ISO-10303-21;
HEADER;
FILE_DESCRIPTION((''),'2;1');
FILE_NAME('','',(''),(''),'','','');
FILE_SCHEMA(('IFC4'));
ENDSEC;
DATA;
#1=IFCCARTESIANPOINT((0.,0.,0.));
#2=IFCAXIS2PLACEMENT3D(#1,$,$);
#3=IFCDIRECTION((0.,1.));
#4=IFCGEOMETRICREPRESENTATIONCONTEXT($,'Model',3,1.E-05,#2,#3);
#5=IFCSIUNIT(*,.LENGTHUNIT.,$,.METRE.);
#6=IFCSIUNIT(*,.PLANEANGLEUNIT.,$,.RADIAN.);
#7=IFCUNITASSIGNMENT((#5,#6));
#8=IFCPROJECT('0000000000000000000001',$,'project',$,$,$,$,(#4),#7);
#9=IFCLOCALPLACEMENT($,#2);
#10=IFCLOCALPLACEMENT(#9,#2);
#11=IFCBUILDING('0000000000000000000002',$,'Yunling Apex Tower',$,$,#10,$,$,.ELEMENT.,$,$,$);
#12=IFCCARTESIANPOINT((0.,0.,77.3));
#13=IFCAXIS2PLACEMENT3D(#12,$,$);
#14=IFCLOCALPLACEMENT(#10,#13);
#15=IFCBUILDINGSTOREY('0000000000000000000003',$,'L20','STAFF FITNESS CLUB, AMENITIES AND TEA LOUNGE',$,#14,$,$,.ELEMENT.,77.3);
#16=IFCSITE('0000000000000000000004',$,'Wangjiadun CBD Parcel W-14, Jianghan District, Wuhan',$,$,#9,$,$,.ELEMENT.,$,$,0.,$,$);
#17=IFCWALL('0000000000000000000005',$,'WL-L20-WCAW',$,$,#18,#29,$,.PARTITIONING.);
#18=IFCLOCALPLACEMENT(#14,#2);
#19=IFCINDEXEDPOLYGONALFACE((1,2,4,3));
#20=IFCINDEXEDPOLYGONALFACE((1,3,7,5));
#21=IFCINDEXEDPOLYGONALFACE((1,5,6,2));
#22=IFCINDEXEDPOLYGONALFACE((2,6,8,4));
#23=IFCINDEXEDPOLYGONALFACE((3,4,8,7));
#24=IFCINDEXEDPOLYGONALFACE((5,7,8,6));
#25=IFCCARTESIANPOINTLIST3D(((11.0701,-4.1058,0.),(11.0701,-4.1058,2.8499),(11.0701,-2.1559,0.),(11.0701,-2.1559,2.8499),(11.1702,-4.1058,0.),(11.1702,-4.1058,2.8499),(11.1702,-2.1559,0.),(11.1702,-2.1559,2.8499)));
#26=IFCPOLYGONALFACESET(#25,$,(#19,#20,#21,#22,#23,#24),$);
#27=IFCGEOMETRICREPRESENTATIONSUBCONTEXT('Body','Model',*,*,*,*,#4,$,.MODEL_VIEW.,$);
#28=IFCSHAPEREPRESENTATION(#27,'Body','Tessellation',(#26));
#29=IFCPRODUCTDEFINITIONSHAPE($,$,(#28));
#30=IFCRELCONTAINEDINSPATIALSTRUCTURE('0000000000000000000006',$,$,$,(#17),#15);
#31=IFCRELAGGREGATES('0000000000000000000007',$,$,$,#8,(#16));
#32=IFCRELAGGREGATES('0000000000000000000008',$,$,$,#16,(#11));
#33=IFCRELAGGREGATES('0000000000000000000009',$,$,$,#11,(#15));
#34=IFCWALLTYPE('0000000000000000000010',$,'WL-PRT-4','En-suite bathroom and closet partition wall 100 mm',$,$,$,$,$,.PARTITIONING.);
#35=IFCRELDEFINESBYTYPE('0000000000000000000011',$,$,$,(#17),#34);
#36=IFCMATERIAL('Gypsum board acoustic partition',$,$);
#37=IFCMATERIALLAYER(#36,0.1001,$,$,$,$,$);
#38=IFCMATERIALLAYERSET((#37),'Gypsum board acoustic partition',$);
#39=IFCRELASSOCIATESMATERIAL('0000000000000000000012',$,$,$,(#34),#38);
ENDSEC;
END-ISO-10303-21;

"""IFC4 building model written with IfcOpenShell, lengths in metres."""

from ifc_helpers import new_model, si_unit, direction, frame, frame_2d, origin, place, context, subcontext, project, spatial, rectangle, extrude, material, layer, layer_set, type_object, element, save


model = new_model("IFC4")

# Units and contexts
model_context = context("Model", 3, precision=1e-05, world=origin(), true_north=direction((0.0, 1.0)))
body_context = subcontext(model_context, "Body", "Model", "MODEL_VIEW")
ifc_project = project(units=[si_unit("LENGTHUNIT", "METRE"), si_unit("PLANEANGLEUNIT", "RADIAN")], contexts=[model_context])

# Site, building, storey
site_placement = place(None, origin())
site = spatial("IfcSite", under=ifc_project, at=site_placement, Name="Wangjiadun CBD Parcel W-14, Jianghan District, Wuhan", CompositionType="ELEMENT", RefElevation=0.0)
building_placement = place(site_placement, origin())
building = spatial("IfcBuilding", under=site, at=building_placement, Name="Yunling Apex Tower", CompositionType="ELEMENT")
storey_placement = place(building_placement, frame((0.0, 0.0, 77.3)))
storey = spatial("IfcBuildingStorey", under=building, at=storey_placement, Name="L20", Description="STAFF FITNESS CLUB, AMENITIES AND TEA LOUNGE", CompositionType="ELEMENT", Elevation=77.3)

# Shared definitions
ifc_material_1 = material(Name="Gypsum board acoustic partition")

# Shared definitions
ifc_layer_1 = layer(ifc_material_1, 0.1001)
ifc_layer_set_1 = layer_set([ifc_layer_1], Name="Gypsum board acoustic partition")
wall_type_1 = type_object("IfcWallType", Name="WL-PRT-4", Description="En-suite bathroom and closet partition wall 100 mm", PredefinedType="PARTITIONING", material=ifc_layer_set_1)

# Wall
wall_1_placement = place(storey_placement, frame((11.1201, -4.106, 0.0), z_axis=(0.0, 0.0, 1.0), x_axis=(0.0, 1.0, 0.0)))
element("IfcWall", 1, at=wall_1_placement, inside=storey, type_object=wall_type_1, Name="WL-L20-WCAW", PredefinedType="PARTITIONING", context=body_context, shape_type="SweptSolid", body=[
    extrude(rectangle(XDim=1.95, YDim=0.1001, at=frame_2d((0.9751, 0.0))), origin(), (0.0, 0.0, 1.0), 2.8499),
])

save(model, "model.ifc")
